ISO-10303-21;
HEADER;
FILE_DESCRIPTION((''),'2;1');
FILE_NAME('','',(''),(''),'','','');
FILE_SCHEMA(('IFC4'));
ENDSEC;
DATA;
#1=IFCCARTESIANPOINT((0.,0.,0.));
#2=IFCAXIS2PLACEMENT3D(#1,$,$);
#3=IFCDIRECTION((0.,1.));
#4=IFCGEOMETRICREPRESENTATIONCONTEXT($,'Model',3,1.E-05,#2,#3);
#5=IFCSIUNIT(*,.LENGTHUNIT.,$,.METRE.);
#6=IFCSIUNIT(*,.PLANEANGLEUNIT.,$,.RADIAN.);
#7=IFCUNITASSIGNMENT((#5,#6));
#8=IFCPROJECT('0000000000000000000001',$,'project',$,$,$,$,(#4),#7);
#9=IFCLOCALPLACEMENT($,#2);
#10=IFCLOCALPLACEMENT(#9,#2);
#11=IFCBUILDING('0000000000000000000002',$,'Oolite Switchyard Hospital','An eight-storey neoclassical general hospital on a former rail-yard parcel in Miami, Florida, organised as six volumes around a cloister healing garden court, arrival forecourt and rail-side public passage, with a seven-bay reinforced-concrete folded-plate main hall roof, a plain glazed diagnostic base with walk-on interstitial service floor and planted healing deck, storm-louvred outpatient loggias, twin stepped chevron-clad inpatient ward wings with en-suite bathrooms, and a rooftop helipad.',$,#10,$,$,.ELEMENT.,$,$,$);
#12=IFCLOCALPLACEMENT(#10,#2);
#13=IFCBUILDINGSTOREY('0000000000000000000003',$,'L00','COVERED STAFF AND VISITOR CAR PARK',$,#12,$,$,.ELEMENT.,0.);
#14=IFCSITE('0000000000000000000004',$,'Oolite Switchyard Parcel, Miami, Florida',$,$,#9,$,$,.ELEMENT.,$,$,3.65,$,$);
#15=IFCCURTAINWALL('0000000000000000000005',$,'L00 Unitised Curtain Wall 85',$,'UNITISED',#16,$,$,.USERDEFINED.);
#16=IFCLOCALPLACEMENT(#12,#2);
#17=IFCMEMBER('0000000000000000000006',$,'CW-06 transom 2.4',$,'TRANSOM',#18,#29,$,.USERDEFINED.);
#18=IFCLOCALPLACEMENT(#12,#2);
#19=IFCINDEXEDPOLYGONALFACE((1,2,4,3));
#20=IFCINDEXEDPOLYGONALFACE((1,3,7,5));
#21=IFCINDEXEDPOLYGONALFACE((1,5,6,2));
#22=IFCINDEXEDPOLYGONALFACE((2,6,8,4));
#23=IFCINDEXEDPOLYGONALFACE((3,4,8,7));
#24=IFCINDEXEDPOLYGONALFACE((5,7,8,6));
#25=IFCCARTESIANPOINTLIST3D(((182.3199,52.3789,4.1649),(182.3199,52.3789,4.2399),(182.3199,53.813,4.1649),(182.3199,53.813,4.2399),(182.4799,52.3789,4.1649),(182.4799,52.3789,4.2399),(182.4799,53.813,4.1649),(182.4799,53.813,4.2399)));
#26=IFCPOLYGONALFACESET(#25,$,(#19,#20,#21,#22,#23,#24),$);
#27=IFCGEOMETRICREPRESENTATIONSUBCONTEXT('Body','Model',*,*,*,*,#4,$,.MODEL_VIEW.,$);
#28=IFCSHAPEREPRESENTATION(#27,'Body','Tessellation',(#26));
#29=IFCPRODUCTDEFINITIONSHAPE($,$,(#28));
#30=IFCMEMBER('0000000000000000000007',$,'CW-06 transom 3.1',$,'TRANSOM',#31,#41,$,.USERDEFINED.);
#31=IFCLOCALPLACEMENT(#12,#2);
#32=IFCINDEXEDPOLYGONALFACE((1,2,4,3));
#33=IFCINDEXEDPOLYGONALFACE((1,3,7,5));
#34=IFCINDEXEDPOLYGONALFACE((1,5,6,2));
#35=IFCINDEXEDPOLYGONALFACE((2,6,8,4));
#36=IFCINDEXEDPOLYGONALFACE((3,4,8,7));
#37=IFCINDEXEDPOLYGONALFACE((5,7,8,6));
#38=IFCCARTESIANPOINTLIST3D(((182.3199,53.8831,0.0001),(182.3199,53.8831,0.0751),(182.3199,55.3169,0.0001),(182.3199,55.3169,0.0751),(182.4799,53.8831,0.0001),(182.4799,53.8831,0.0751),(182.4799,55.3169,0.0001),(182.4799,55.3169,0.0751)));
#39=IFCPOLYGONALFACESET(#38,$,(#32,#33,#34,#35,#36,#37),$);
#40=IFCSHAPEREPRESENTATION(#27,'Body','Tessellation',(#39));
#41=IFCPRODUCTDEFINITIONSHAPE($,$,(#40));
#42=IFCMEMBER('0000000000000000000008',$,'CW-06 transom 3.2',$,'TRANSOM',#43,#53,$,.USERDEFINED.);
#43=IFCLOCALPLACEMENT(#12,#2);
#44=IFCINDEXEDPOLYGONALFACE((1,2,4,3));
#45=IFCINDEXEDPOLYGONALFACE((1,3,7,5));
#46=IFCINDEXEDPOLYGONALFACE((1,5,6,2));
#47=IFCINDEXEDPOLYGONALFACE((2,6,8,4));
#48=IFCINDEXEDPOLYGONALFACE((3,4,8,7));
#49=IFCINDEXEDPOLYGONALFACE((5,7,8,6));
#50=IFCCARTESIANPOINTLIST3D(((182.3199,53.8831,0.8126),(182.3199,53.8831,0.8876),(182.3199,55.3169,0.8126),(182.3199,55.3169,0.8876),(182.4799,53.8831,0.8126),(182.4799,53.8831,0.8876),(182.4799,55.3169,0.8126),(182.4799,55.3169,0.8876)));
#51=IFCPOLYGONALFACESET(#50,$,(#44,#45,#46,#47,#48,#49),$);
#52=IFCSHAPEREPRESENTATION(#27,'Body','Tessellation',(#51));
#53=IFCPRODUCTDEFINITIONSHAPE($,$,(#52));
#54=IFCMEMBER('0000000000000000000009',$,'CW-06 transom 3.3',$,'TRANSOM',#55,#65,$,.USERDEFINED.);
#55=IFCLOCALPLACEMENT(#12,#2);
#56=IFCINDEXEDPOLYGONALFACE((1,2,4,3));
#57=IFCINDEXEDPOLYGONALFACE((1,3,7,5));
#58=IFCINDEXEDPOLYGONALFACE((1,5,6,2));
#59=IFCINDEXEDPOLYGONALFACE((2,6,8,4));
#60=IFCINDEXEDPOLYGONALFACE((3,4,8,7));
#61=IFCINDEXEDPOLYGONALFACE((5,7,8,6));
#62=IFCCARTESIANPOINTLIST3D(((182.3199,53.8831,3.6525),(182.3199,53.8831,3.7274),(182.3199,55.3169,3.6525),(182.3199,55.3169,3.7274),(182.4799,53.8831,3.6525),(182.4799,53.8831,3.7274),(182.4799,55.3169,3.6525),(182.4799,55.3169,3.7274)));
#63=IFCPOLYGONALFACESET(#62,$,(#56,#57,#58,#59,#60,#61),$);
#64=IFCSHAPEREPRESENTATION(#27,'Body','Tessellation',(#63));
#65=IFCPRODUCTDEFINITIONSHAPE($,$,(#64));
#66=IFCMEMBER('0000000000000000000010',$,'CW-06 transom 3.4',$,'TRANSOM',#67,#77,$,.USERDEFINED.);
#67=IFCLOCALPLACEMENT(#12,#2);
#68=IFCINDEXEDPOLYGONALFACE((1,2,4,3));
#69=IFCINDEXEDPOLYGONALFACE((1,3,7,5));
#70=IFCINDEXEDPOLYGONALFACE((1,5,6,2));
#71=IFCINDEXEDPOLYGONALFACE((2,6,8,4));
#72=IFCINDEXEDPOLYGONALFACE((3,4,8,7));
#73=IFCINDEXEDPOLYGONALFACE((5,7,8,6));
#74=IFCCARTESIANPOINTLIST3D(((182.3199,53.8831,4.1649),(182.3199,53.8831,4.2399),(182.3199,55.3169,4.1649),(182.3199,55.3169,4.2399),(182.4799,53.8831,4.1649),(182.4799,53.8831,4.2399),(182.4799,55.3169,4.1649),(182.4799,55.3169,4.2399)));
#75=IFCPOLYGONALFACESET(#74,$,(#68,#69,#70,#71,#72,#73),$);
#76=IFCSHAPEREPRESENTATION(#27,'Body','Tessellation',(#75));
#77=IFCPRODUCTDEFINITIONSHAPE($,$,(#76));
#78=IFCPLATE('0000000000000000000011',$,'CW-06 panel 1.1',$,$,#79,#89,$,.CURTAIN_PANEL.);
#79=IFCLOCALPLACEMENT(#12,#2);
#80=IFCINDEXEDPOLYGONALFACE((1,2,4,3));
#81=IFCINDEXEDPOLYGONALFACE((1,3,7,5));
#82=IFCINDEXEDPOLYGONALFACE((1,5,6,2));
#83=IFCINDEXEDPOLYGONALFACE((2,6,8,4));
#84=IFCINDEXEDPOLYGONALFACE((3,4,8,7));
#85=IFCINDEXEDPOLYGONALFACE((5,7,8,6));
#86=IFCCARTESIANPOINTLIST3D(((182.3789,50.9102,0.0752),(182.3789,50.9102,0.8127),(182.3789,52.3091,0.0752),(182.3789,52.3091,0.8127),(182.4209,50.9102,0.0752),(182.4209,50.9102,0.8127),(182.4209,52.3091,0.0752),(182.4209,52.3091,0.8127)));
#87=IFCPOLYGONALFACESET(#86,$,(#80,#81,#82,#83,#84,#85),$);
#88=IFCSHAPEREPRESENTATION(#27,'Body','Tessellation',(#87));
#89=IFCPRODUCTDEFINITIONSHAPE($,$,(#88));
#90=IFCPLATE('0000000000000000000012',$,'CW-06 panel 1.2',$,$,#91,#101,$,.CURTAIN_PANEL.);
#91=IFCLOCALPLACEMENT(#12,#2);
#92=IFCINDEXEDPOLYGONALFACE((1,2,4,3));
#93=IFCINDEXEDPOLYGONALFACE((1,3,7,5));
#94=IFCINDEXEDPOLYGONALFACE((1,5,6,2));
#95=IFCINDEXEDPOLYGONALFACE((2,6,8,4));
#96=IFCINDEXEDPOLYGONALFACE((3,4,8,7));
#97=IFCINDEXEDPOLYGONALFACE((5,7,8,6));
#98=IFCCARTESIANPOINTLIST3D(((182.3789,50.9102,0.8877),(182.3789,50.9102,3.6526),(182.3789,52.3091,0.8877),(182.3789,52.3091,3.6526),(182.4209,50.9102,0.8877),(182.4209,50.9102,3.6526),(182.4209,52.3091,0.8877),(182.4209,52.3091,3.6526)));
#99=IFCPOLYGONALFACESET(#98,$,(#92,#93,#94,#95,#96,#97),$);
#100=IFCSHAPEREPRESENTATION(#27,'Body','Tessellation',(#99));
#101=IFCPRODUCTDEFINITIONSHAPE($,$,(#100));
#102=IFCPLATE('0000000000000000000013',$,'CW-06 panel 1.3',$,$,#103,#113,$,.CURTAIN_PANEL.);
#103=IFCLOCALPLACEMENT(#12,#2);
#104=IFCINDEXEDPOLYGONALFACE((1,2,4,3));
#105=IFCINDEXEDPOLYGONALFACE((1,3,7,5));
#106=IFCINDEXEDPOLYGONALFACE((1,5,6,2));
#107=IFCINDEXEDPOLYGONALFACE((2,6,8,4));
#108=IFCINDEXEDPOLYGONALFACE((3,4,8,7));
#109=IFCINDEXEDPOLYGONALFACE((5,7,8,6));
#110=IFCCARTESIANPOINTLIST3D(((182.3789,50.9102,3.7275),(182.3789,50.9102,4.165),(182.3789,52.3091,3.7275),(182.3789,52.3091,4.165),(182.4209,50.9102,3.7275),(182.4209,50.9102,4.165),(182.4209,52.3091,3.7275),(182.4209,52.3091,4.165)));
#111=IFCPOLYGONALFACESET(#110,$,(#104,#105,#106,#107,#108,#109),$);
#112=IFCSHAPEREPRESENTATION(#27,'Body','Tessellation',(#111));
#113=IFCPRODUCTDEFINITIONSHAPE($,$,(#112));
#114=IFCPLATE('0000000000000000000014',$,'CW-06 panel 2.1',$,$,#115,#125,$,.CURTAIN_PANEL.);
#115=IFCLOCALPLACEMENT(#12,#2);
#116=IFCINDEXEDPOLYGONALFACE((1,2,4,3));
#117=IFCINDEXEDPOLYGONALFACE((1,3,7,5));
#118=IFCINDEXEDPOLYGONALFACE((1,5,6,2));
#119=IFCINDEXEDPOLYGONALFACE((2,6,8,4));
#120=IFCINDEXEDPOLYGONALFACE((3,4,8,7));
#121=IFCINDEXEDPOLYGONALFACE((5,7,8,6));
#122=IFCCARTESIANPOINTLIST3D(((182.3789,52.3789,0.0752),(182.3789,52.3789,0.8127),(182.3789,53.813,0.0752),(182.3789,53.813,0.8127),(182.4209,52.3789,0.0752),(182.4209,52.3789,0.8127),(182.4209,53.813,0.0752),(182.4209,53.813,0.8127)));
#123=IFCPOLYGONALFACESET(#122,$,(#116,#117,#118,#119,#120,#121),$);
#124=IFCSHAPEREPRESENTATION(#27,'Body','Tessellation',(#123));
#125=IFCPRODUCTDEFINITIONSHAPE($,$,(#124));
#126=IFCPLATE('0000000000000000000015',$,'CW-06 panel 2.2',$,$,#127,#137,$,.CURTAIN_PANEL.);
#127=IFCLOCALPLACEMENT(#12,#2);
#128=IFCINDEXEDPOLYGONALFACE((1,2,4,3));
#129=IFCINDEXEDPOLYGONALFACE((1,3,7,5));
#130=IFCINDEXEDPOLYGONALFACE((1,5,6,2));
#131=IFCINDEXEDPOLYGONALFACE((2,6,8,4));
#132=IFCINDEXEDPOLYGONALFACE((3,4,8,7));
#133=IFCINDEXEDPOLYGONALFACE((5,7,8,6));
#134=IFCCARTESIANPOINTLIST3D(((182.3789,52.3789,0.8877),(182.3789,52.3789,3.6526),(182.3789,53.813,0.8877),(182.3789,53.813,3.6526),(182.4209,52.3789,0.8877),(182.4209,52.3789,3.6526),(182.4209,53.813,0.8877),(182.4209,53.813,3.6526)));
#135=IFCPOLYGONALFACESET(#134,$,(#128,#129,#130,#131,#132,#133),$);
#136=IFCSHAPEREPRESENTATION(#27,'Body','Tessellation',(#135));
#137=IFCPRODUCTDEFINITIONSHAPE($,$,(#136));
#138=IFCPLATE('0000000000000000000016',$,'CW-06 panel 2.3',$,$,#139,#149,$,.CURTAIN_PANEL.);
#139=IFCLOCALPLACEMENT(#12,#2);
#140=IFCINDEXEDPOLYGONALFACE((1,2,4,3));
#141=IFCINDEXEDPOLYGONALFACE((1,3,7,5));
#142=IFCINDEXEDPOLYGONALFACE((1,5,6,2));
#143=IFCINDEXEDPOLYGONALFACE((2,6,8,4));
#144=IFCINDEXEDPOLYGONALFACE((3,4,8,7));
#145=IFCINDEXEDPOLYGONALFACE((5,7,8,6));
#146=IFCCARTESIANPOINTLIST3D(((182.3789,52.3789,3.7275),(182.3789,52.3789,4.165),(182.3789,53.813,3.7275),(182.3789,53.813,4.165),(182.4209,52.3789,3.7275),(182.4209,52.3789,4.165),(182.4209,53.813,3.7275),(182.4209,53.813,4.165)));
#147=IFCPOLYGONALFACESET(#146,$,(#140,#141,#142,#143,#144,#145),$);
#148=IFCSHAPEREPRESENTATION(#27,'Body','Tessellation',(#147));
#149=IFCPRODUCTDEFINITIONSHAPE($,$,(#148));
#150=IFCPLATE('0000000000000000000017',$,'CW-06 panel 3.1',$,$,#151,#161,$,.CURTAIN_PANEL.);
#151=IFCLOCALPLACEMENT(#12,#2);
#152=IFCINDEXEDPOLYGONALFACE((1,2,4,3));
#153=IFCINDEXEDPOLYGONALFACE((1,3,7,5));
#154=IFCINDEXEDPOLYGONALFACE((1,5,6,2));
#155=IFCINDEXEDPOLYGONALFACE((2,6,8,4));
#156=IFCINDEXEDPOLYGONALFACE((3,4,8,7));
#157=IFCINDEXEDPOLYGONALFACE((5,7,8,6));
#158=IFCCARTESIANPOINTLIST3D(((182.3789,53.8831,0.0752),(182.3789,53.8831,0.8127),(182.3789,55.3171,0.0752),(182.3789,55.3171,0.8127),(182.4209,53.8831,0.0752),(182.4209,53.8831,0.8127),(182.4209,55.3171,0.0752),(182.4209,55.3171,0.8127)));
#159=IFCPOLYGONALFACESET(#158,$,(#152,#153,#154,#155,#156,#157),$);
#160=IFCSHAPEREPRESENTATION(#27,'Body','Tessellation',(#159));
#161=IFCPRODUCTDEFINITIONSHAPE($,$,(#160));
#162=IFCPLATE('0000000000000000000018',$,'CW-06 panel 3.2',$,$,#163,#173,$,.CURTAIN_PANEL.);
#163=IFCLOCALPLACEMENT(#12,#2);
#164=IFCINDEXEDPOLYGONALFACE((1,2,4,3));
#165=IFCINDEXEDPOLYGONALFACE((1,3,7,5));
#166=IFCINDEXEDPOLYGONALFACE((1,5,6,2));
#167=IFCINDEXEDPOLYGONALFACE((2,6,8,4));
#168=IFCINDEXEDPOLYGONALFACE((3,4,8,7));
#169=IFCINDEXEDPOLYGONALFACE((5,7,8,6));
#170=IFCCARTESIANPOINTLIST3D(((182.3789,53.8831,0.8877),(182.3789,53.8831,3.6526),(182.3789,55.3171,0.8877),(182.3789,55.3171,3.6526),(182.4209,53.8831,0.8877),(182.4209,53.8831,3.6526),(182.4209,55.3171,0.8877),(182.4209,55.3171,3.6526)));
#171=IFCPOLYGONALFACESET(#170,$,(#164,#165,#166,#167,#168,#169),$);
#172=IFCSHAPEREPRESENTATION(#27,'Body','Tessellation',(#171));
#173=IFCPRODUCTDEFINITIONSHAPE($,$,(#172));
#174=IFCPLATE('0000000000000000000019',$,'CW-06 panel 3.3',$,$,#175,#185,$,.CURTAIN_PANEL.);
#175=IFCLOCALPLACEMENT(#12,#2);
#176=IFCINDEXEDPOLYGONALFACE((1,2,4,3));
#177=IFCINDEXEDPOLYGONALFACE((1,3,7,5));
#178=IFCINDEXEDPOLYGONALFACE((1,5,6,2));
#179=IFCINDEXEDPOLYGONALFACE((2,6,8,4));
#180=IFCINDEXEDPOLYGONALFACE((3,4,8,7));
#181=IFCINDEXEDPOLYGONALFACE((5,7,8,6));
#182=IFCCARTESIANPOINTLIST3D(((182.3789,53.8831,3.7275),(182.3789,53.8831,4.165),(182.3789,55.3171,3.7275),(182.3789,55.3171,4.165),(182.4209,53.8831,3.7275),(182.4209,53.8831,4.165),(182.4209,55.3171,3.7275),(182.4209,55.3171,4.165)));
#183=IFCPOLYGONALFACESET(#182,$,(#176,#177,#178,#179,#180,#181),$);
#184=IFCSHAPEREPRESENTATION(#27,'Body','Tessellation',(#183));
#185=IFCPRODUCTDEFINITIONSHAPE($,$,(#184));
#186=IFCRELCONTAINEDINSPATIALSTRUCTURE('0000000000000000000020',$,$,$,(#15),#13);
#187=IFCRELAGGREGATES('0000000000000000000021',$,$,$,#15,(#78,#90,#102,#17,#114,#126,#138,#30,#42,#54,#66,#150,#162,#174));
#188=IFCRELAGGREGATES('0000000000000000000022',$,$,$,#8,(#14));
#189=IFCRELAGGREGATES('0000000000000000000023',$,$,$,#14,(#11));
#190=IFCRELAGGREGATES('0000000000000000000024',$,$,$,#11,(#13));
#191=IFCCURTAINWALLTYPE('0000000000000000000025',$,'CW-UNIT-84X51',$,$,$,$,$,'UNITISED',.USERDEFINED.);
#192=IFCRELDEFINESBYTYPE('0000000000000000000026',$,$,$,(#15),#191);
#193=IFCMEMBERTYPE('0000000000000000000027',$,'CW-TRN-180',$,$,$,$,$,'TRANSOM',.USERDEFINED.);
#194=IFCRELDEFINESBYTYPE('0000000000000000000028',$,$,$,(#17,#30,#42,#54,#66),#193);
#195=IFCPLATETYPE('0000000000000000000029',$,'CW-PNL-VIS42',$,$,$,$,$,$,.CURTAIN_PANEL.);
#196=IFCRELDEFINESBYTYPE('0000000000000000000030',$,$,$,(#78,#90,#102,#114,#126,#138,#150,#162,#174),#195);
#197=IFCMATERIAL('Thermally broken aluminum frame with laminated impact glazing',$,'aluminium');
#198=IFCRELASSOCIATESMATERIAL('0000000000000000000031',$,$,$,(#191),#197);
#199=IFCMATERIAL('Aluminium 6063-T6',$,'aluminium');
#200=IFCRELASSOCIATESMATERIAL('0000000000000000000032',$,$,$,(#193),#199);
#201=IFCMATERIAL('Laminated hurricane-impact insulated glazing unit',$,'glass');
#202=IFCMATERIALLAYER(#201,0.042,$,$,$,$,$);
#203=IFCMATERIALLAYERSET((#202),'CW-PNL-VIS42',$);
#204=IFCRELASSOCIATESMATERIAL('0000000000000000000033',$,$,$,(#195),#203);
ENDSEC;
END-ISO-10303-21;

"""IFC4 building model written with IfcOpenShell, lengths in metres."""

from ifc_helpers import new_model, si_unit, direction, frame, origin, origin_2d, place, context, subcontext, project, spatial, rectangle, extrude, material, layer, layer_set, material_profile, profile_set, type_object, element, aggregate, save


model = new_model("IFC4")

# Units and contexts
model_context = context("Model", 3, precision=1e-05, world=origin(), true_north=direction((0.0, 1.0)))
body_context = subcontext(model_context, "Body", "Model", "MODEL_VIEW")
ifc_project = project(units=[si_unit("LENGTHUNIT", "METRE"), si_unit("PLANEANGLEUNIT", "RADIAN")], contexts=[model_context])

# Site, building, storey
site_placement = place(None, origin())
site = spatial("IfcSite", under=ifc_project, at=site_placement, Name="Oolite Switchyard Parcel, Miami, Florida", CompositionType="ELEMENT", RefElevation=3.65)
building_placement = place(site_placement, origin())
building = spatial("IfcBuilding", under=site, at=building_placement, Name="Oolite Switchyard Hospital", Description="An eight-storey neoclassical general hospital on a former rail-yard parcel in Miami, Florida, organised as six volumes around a cloister healing garden court, arrival forecourt and rail-side public passage, with a seven-bay reinforced-concrete folded-plate main hall roof, a plain glazed diagnostic base with walk-on interstitial service floor and planted healing deck, storm-louvred outpatient loggias, twin stepped chevron-clad inpatient ward wings with en-suite bathrooms, and a rooftop helipad.", CompositionType="ELEMENT")
storey_placement = place(building_placement, origin())
storey = spatial("IfcBuildingStorey", under=building, at=storey_placement, Name="L00", Description="COVERED STAFF AND VISITOR CAR PARK", CompositionType="ELEMENT", Elevation=0.0)

# Curtain wall, members, plates
ifc_material_1 = material(Name="Thermally broken aluminum frame with laminated impact glazing", Category="aluminium")
curtain_wall_type = type_object("IfcCurtainWallType", Name="CW-UNIT-84X51", ElementType="UNITISED", PredefinedType="USERDEFINED", material=ifc_material_1)
curtain_wall_placement = place(storey_placement, origin())
curtain_wall = element("IfcCurtainWall", 1, at=curtain_wall_placement, inside=storey, type_object=curtain_wall_type, Name="L00 Unitised Curtain Wall 85", ObjectType="UNITISED", PredefinedType="USERDEFINED")
ifc_material_2 = material(Name="Aluminium 6063-T6", Category="aluminium")
ifc_material_profile_1 = material_profile(ifc_material_2, rectangle(XDim=0.1599, YDim=0.075, at=origin_2d()), Name="CWT75X160")
ifc_profile_set_1 = profile_set([ifc_material_profile_1], Name="Aluminium 6063-T6")
member_type_1 = type_object("IfcMemberType", Name="CW-TRN-180", ElementType="TRANSOM", PredefinedType="USERDEFINED", material=ifc_profile_set_1)
member_1_placement = place(storey_placement, frame((182.3999, 52.3789, 4.2024), z_axis=(0.0, 1.0, 0.0), x_axis=(-1.0, 0.0, 0.0)))
member_1 = element("IfcMember", 2, at=member_1_placement, type_object=member_type_1, Name="CW-06 transom 2.4", ObjectType="TRANSOM", PredefinedType="USERDEFINED", context=body_context, shape_type="SweptSolid", body=[
    extrude(rectangle(XDim=0.1599, YDim=0.075, at=origin_2d()), origin(), (0.0, 0.0, 1.0), 1.4341),
])
member_2_placement = place(storey_placement, frame((182.3999, 53.8831, 0.0376), z_axis=(0.0, 1.0, 0.0), x_axis=(-1.0, 0.0, 0.0)))
member_2 = element("IfcMember", 3, at=member_2_placement, type_object=member_type_1, Name="CW-06 transom 3.1", ObjectType="TRANSOM", PredefinedType="USERDEFINED", context=body_context, shape_type="SweptSolid", body=[
    extrude(rectangle(XDim=0.1599, YDim=0.075, at=origin_2d()), origin(), (0.0, 0.0, 1.0), 1.4338),
])
member_3_placement = place(storey_placement, frame((182.3999, 53.8831, 0.8501), z_axis=(0.0, 1.0, 0.0), x_axis=(-1.0, 0.0, 0.0)))
member_3 = element("IfcMember", 4, at=member_3_placement, type_object=member_type_1, Name="CW-06 transom 3.2", ObjectType="TRANSOM", PredefinedType="USERDEFINED", context=body_context, shape_type="SweptSolid", body=[
    extrude(rectangle(XDim=0.1599, YDim=0.075, at=origin_2d()), origin(), (0.0, 0.0, 1.0), 1.4338),
])
member_4_placement = place(storey_placement, frame((182.3999, 53.8831, 3.6899), z_axis=(0.0, 1.0, 0.0), x_axis=(-1.0, 0.0, 0.0)))
member_4 = element("IfcMember", 5, at=member_4_placement, type_object=member_type_1, Name="CW-06 transom 3.3", ObjectType="TRANSOM", PredefinedType="USERDEFINED", context=body_context, shape_type="SweptSolid", body=[
    extrude(rectangle(XDim=0.1599, YDim=0.075, at=origin_2d()), origin(), (0.0, 0.0, 1.0), 1.4338),
])
member_5_placement = place(storey_placement, frame((182.3999, 53.8831, 4.2024), z_axis=(0.0, 1.0, 0.0), x_axis=(-1.0, 0.0, 0.0)))
member_5 = element("IfcMember", 6, at=member_5_placement, type_object=member_type_1, Name="CW-06 transom 3.4", ObjectType="TRANSOM", PredefinedType="USERDEFINED", context=body_context, shape_type="SweptSolid", body=[
    extrude(rectangle(XDim=0.1599, YDim=0.075, at=origin_2d()), origin(), (0.0, 0.0, 1.0), 1.4338),
])
ifc_material_3 = material(Name="Laminated hurricane-impact insulated glazing unit", Category="glass")
ifc_layer = layer(ifc_material_3, 0.042)
ifc_layer_set = layer_set([ifc_layer], Name="CW-PNL-VIS42")
plate_type = type_object("IfcPlateType", Name="CW-PNL-VIS42", PredefinedType="CURTAIN_PANEL", material=ifc_layer_set)
plate_1_placement = place(storey_placement, frame((182.3999, 51.6096, 0.0752), z_axis=(0.0, 0.0, 1.0), x_axis=(0.0, 1.0, 0.0)))
plate_1 = element("IfcPlate", 7, at=plate_1_placement, type_object=plate_type, Name="CW-06 panel 1.1", PredefinedType="CURTAIN_PANEL", context=body_context, shape_type="SweptSolid", body=[
    extrude(rectangle(XDim=1.3989, YDim=0.042, at=origin_2d()), origin(), (0.0, 0.0, 1.0), 0.7375),
])
plate_2_placement = place(storey_placement, frame((182.3999, 51.6096, 0.8877), z_axis=(0.0, 0.0, 1.0), x_axis=(0.0, 1.0, 0.0)))
plate_2 = element("IfcPlate", 8, at=plate_2_placement, type_object=plate_type, Name="CW-06 panel 1.2", PredefinedType="CURTAIN_PANEL", context=body_context, shape_type="SweptSolid", body=[
    extrude(rectangle(XDim=1.3989, YDim=0.042, at=origin_2d()), origin(), (0.0, 0.0, 1.0), 2.7649),
])
plate_3_placement = place(storey_placement, frame((182.3999, 51.6096, 3.7275), z_axis=(0.0, 0.0, 1.0), x_axis=(0.0, 1.0, 0.0)))
plate_3 = element("IfcPlate", 9, at=plate_3_placement, type_object=plate_type, Name="CW-06 panel 1.3", PredefinedType="CURTAIN_PANEL", context=body_context, shape_type="SweptSolid", body=[
    extrude(rectangle(XDim=1.3989, YDim=0.042, at=origin_2d()), origin(), (0.0, 0.0, 1.0), 0.4375),
])
plate_4_placement = place(storey_placement, frame((182.3999, 53.0959, 0.0752), z_axis=(0.0, 0.0, 1.0), x_axis=(0.0, 1.0, 0.0)))
plate_4 = element("IfcPlate", 10, at=plate_4_placement, type_object=plate_type, Name="CW-06 panel 2.1", PredefinedType="CURTAIN_PANEL", context=body_context, shape_type="SweptSolid", body=[
    extrude(rectangle(XDim=1.4341, YDim=0.042, at=origin_2d()), origin(), (0.0, 0.0, 1.0), 0.7375),
])
plate_5_placement = place(storey_placement, frame((182.3999, 53.0959, 0.8877), z_axis=(0.0, 0.0, 1.0), x_axis=(0.0, 1.0, 0.0)))
plate_5 = element("IfcPlate", 11, at=plate_5_placement, type_object=plate_type, Name="CW-06 panel 2.2", PredefinedType="CURTAIN_PANEL", context=body_context, shape_type="SweptSolid", body=[
    extrude(rectangle(XDim=1.4341, YDim=0.042, at=origin_2d()), origin(), (0.0, 0.0, 1.0), 2.7649),
])
plate_6_placement = place(storey_placement, frame((182.3999, 53.0959, 3.7275), z_axis=(0.0, 0.0, 1.0), x_axis=(0.0, 1.0, 0.0)))
plate_6 = element("IfcPlate", 12, at=plate_6_placement, type_object=plate_type, Name="CW-06 panel 2.3", PredefinedType="CURTAIN_PANEL", context=body_context, shape_type="SweptSolid", body=[
    extrude(rectangle(XDim=1.4341, YDim=0.042, at=origin_2d()), origin(), (0.0, 0.0, 1.0), 0.4375),
])
plate_7_placement = place(storey_placement, frame((182.3999, 54.6001, 0.0752), z_axis=(0.0, 0.0, 1.0), x_axis=(0.0, 1.0, 0.0)))
plate_7 = element("IfcPlate", 13, at=plate_7_placement, type_object=plate_type, Name="CW-06 panel 3.1", PredefinedType="CURTAIN_PANEL", context=body_context, shape_type="SweptSolid", body=[
    extrude(rectangle(XDim=1.4341, YDim=0.042, at=origin_2d()), origin(), (0.0, 0.0, 1.0), 0.7375),
])
plate_8_placement = place(storey_placement, frame((182.3999, 54.6001, 0.8877), z_axis=(0.0, 0.0, 1.0), x_axis=(0.0, 1.0, 0.0)))
plate_8 = element("IfcPlate", 14, at=plate_8_placement, type_object=plate_type, Name="CW-06 panel 3.2", PredefinedType="CURTAIN_PANEL", context=body_context, shape_type="SweptSolid", body=[
    extrude(rectangle(XDim=1.4341, YDim=0.042, at=origin_2d()), origin(), (0.0, 0.0, 1.0), 2.7649),
])
plate_9_placement = place(storey_placement, frame((182.3999, 54.6001, 3.7275), z_axis=(0.0, 0.0, 1.0), x_axis=(0.0, 1.0, 0.0)))
plate_9 = element("IfcPlate", 15, at=plate_9_placement, type_object=plate_type, Name="CW-06 panel 3.3", PredefinedType="CURTAIN_PANEL", context=body_context, shape_type="SweptSolid", body=[
    extrude(rectangle(XDim=1.4341, YDim=0.042, at=origin_2d()), origin(), (0.0, 0.0, 1.0), 0.4375),
])
aggregate(curtain_wall, [plate_1, plate_2, plate_3, member_1, plate_4, plate_5, plate_6, member_2, member_3, member_4, member_5, plate_7, plate_8, plate_9])

save(model, "model.ifc")
